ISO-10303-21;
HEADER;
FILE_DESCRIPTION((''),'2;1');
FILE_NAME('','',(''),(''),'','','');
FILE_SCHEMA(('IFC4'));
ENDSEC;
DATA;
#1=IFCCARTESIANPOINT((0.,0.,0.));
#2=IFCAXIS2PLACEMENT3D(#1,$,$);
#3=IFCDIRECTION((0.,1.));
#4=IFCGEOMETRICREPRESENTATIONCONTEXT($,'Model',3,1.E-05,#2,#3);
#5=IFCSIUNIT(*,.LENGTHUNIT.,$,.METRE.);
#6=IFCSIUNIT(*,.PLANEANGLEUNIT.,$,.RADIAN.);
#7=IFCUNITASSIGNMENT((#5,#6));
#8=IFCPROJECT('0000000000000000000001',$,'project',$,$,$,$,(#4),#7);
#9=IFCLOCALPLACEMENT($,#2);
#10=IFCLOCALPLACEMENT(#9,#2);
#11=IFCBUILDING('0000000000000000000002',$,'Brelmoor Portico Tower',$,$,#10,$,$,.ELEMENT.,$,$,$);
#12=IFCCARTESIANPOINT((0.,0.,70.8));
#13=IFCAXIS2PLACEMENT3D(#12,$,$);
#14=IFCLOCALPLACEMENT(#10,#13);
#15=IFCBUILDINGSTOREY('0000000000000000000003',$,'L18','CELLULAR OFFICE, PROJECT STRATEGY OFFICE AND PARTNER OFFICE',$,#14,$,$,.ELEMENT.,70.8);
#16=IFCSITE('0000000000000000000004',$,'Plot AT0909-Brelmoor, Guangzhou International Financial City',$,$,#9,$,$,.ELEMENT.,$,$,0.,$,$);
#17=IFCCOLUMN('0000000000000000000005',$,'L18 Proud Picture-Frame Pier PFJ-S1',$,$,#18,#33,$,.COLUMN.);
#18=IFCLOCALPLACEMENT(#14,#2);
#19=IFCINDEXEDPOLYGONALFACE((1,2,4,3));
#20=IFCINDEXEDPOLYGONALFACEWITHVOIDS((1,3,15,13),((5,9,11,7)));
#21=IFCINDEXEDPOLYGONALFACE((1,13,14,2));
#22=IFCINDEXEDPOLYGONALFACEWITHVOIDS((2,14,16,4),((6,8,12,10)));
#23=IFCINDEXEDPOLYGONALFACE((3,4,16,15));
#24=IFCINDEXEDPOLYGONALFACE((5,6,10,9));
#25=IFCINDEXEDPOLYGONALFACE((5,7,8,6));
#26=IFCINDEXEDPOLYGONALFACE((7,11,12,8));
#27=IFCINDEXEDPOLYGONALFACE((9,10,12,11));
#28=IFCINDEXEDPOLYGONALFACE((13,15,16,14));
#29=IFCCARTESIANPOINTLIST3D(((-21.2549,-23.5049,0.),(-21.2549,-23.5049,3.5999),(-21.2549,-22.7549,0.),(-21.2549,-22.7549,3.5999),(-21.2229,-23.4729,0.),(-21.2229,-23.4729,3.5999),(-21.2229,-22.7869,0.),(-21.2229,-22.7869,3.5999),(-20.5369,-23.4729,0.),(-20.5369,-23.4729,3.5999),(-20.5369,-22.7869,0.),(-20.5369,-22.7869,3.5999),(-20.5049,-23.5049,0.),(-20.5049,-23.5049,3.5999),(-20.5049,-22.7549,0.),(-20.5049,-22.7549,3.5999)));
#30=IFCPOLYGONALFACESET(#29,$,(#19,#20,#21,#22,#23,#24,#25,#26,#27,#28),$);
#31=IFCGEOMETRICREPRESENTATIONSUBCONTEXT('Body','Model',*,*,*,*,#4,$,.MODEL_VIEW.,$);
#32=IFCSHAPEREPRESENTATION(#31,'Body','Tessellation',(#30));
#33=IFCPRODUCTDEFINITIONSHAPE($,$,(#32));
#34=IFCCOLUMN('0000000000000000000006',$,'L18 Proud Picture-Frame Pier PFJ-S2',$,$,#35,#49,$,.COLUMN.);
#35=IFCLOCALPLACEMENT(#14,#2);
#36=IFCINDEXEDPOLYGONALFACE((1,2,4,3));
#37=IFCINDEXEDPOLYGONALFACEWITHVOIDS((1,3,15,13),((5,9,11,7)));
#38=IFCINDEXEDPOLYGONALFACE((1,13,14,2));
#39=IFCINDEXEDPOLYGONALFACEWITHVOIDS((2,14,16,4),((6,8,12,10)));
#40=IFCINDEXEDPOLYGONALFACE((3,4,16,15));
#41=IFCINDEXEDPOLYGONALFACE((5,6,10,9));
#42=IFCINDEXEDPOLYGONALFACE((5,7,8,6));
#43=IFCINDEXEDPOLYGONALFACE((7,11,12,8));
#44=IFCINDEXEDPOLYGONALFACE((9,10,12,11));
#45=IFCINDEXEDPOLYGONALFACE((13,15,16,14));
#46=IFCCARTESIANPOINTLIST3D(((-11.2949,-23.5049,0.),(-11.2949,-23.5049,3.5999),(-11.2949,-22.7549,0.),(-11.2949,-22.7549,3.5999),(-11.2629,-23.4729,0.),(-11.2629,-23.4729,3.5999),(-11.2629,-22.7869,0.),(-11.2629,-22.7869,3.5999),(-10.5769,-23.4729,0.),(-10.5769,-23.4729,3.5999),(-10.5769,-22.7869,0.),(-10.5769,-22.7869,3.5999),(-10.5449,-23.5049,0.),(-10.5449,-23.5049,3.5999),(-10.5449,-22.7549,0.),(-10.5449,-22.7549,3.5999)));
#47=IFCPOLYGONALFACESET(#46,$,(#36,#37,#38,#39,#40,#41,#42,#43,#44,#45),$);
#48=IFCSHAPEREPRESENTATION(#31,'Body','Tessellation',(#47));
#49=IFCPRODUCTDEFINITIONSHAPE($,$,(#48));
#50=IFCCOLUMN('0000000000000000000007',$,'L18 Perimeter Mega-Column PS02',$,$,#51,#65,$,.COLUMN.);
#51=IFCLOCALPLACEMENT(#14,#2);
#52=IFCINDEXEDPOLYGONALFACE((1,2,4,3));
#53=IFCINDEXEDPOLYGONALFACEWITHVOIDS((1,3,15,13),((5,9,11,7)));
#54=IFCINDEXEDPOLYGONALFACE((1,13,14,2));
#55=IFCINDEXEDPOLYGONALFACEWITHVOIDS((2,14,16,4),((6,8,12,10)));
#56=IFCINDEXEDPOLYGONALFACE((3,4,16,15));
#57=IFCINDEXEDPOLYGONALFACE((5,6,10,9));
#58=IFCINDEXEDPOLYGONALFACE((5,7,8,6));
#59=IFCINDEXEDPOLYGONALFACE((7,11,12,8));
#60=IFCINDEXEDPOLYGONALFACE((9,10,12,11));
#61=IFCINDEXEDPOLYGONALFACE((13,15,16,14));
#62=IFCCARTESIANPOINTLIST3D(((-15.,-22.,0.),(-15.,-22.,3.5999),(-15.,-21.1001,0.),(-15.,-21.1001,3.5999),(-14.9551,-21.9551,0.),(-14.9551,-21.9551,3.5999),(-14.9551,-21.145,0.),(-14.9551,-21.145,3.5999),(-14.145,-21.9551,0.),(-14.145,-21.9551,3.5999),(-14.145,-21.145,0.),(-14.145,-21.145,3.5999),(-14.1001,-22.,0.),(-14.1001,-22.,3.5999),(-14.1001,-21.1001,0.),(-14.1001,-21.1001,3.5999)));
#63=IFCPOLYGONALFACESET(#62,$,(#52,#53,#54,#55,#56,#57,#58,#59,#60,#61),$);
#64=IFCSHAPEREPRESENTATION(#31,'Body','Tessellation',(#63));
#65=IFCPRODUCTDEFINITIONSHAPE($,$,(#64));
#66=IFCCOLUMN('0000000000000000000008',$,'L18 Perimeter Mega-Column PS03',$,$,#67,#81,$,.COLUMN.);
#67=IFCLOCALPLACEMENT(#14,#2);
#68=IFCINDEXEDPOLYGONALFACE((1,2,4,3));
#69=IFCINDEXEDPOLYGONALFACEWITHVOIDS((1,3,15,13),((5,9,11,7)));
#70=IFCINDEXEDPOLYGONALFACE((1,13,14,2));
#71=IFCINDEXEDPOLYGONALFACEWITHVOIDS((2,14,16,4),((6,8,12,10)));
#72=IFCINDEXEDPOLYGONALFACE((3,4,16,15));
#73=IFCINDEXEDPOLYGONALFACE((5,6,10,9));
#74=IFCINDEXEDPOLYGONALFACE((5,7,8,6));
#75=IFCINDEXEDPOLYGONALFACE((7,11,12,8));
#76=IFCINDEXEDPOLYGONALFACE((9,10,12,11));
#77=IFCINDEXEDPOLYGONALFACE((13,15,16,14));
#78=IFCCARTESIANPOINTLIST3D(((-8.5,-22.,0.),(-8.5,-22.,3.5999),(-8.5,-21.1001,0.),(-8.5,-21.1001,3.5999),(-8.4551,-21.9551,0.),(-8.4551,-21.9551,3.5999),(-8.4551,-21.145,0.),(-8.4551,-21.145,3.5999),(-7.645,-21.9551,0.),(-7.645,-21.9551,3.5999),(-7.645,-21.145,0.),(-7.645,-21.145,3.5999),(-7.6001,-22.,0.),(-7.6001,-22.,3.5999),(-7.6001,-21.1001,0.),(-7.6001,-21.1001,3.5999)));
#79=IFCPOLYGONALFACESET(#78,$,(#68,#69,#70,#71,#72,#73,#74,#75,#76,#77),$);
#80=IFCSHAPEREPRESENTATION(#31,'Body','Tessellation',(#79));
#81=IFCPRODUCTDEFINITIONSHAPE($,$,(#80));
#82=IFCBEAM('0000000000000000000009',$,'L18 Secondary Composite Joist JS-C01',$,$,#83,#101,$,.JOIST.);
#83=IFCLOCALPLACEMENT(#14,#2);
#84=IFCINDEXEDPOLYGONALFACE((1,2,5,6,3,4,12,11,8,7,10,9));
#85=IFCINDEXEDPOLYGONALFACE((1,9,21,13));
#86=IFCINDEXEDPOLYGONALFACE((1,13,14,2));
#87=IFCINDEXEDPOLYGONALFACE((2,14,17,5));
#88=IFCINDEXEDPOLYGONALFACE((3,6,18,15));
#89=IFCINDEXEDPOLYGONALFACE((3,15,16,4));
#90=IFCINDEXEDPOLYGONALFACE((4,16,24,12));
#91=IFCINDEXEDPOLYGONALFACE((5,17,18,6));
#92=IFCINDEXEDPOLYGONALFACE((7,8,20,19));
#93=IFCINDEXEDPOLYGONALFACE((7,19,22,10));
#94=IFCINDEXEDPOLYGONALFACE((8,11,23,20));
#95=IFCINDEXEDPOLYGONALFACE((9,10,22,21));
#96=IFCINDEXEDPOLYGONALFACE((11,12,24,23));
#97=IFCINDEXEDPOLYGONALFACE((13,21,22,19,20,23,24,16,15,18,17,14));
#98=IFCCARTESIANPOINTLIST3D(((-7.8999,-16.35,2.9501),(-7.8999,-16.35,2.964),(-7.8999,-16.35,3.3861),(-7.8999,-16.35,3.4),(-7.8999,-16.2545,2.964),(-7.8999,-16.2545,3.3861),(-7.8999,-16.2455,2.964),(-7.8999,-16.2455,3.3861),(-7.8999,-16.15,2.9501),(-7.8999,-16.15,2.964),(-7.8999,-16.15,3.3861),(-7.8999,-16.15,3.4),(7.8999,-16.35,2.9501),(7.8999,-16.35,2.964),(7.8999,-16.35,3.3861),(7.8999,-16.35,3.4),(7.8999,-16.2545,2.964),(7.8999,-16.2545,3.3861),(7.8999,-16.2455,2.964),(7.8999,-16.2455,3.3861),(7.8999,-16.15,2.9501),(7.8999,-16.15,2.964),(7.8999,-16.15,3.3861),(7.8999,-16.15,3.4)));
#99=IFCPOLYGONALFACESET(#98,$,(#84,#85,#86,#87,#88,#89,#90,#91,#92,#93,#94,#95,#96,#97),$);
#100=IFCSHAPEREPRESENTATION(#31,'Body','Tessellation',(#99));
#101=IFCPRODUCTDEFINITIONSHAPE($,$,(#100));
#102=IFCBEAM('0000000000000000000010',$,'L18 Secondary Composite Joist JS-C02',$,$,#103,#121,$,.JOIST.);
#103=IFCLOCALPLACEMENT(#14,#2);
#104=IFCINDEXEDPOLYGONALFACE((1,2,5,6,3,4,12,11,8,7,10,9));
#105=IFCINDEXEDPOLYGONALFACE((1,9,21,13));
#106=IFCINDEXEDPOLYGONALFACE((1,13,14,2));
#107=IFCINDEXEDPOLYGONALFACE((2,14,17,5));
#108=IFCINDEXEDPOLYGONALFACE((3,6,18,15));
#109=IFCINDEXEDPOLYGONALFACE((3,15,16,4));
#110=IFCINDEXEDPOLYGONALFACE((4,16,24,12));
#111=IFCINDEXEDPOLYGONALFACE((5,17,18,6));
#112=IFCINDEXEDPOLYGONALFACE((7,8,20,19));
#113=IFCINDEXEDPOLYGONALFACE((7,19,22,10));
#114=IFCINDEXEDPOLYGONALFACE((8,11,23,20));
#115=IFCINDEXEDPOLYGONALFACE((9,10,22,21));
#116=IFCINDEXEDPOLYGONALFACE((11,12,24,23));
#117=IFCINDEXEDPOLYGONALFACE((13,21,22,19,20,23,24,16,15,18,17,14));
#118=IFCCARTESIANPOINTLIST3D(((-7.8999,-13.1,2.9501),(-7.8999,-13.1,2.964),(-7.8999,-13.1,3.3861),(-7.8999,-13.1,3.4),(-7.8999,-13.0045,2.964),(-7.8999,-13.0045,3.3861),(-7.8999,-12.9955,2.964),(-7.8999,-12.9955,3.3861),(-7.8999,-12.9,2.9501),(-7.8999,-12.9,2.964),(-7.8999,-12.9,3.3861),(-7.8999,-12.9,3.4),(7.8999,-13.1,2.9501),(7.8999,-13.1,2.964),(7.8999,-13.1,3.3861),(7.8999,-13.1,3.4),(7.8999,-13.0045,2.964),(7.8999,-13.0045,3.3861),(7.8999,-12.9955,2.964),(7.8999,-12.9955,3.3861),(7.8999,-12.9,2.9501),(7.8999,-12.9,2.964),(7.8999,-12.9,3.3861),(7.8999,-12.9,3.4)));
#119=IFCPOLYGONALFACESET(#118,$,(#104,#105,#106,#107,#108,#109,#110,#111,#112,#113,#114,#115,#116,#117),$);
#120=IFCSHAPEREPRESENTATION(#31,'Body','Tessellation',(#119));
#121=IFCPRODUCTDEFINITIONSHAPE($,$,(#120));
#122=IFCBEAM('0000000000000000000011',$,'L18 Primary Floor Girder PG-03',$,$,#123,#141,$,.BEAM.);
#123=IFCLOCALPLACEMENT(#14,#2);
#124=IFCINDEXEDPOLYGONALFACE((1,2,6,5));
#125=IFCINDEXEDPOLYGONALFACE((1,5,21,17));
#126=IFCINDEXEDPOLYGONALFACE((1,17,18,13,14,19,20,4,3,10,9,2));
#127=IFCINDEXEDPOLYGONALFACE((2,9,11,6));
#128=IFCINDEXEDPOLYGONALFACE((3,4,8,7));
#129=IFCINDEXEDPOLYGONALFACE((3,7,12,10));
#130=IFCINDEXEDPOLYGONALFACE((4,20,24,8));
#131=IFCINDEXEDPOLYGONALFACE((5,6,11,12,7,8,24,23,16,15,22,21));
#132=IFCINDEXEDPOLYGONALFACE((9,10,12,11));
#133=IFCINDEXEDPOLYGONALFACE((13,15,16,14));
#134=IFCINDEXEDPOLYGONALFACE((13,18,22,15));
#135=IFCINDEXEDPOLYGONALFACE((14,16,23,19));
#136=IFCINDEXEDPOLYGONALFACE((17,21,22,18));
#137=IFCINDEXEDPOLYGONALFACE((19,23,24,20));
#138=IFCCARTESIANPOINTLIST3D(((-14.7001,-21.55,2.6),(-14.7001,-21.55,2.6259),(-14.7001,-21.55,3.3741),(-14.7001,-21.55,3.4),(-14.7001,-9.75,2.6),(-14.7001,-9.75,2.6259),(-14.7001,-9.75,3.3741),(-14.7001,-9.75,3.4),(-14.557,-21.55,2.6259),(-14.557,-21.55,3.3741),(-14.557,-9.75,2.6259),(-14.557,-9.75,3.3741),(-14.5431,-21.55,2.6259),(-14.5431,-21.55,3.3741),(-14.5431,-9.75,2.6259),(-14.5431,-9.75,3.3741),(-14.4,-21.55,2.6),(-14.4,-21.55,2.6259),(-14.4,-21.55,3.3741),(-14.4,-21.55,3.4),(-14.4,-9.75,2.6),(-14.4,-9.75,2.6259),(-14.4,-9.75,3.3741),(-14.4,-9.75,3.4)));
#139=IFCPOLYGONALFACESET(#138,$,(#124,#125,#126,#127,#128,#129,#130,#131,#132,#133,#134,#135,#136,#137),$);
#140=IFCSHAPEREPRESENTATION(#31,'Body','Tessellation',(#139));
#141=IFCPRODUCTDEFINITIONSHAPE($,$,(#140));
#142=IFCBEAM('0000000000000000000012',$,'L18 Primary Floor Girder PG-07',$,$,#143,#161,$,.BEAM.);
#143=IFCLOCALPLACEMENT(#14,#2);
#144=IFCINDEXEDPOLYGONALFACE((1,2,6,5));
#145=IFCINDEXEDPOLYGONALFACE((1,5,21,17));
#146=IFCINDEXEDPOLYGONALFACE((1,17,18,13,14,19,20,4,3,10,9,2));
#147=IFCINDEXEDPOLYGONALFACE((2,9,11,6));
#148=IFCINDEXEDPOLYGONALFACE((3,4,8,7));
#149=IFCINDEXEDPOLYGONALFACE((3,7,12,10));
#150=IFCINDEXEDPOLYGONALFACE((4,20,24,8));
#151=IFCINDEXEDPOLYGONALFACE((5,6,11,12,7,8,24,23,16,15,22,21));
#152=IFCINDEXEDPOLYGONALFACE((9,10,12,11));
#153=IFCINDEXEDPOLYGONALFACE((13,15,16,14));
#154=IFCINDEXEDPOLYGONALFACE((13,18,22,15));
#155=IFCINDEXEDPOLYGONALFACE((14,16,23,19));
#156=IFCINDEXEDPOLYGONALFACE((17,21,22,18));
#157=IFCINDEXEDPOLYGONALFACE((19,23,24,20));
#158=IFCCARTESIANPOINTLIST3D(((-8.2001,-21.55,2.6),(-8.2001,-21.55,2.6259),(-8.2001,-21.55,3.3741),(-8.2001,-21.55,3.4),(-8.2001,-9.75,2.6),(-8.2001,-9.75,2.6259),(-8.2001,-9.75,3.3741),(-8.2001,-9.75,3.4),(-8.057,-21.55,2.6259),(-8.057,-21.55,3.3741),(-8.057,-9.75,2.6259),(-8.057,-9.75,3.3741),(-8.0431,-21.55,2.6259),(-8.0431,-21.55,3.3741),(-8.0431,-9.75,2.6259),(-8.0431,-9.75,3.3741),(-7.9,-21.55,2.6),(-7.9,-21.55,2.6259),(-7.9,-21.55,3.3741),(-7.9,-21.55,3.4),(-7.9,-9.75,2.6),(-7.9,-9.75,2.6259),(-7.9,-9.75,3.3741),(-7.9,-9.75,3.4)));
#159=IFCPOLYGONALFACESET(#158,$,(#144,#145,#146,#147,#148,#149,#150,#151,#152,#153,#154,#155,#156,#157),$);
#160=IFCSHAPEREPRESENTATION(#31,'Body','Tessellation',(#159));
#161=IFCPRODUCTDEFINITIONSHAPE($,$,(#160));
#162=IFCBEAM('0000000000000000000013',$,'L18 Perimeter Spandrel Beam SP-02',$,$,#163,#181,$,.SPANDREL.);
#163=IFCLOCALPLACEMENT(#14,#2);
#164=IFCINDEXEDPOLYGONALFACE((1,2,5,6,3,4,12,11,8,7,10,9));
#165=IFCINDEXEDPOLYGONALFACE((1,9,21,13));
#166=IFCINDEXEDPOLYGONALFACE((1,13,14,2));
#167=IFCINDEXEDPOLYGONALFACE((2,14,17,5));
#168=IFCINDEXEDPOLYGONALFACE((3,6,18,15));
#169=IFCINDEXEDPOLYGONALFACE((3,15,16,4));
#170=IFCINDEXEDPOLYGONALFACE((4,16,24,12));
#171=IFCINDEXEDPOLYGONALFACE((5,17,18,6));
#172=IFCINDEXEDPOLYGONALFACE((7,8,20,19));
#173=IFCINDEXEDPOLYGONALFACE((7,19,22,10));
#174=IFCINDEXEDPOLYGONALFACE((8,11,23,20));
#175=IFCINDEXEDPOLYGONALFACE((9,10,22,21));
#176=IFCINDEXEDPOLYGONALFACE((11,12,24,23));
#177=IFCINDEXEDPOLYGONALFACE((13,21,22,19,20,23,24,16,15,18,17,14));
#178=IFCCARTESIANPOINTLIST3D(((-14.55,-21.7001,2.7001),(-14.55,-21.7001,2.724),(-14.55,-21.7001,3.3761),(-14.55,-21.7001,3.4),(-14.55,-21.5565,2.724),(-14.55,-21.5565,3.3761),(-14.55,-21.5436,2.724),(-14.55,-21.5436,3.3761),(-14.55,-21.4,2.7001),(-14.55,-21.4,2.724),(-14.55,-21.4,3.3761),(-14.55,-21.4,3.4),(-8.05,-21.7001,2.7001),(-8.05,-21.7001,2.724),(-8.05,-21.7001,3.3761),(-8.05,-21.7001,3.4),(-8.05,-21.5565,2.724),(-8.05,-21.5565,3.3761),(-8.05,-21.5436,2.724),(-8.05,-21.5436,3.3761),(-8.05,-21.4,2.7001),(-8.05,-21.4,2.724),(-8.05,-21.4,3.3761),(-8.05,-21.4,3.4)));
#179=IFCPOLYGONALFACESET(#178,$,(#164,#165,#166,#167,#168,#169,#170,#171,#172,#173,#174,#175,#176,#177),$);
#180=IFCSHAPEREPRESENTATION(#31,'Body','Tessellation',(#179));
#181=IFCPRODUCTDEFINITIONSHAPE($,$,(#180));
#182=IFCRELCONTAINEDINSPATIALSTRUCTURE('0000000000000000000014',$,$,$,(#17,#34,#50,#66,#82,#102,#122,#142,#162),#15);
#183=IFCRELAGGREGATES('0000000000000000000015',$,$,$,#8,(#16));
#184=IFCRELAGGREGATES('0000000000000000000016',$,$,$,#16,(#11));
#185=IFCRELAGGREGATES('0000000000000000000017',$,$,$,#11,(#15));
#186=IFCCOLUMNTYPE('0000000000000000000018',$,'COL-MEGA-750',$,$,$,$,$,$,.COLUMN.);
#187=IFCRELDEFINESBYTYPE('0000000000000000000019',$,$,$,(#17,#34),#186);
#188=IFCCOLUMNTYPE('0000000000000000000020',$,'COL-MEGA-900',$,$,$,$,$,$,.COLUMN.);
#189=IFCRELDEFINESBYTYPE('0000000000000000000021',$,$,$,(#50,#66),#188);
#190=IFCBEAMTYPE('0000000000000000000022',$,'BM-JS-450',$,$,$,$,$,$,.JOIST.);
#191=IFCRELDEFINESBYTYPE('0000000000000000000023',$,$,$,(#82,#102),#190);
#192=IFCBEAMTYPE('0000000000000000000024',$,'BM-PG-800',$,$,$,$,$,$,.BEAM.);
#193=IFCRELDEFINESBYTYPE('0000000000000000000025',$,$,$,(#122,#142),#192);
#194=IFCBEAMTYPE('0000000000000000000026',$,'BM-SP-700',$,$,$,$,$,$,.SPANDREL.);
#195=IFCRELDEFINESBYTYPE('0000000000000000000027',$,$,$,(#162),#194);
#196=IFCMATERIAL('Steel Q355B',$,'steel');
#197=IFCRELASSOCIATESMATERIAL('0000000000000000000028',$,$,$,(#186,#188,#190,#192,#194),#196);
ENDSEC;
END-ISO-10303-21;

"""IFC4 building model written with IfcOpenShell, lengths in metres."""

from ifc_helpers import new_model, si_unit, direction, frame, origin, origin_2d, place, context, subcontext, project, spatial, hollow_rectangle, i_section, extrude, material, material_profile, profile_set, type_object, element, save


model = new_model("IFC4")

# Units and contexts
model_context = context("Model", 3, precision=1e-05, world=origin(), true_north=direction((0.0, 1.0)))
body_context = subcontext(model_context, "Body", "Model", "MODEL_VIEW")
ifc_project = project(units=[si_unit("LENGTHUNIT", "METRE"), si_unit("PLANEANGLEUNIT", "RADIAN")], contexts=[model_context])

# Site, building, storey
site_placement = place(None, origin())
site = spatial("IfcSite", under=ifc_project, at=site_placement, Name="Plot AT0909-Brelmoor, Guangzhou International Financial City", CompositionType="ELEMENT", RefElevation=0.0)
building_placement = place(site_placement, origin())
building = spatial("IfcBuilding", under=site, at=building_placement, Name="Brelmoor Portico Tower", CompositionType="ELEMENT")
storey_placement = place(building_placement, frame((0.0, 0.0, 70.8)))
storey = spatial("IfcBuildingStorey", under=building, at=storey_placement, Name="L18", Description="CELLULAR OFFICE, PROJECT STRATEGY OFFICE AND PARTNER OFFICE", CompositionType="ELEMENT", Elevation=70.8)

# Columns
ifc_material_1 = material(Name="Steel Q355B", Category="steel")
ifc_material_profile_1 = material_profile(ifc_material_1, hollow_rectangle(XDim=0.75, YDim=0.75, WallThickness=0.032, at=origin_2d()), Name="BOX 750x750x32")
ifc_profile_set_1 = profile_set([ifc_material_profile_1], Name="Steel Q355B")
column_type_1 = type_object("IfcColumnType", Name="COL-MEGA-750", PredefinedType="COLUMN", material=ifc_profile_set_1)
for number, where, z_axis, x_axis, name in (
    (1, (-20.8799, -23.1299, 0.0), (0.0, 0.0, 1.0), (1.0, 0.0, 0.0), "L18 Proud Picture-Frame Pier PFJ-S1"),
    (2, (-10.9199, -23.1299, 0.0), (0.0, 0.0, 1.0), (1.0, 0.0, 0.0), "L18 Proud Picture-Frame Pier PFJ-S2"),
):
    element("IfcColumn", number, at=place(storey_placement, frame(where, z_axis=z_axis, x_axis=x_axis)), inside=storey, type_object=column_type_1, Name=name, PredefinedType="COLUMN", context=body_context, shape_type="SweptSolid", body=[
        extrude(hollow_rectangle(XDim=0.75, YDim=0.75, WallThickness=0.032, at=origin_2d()), origin(), (0.0, 0.0, 1.0), 3.5999),
    ])
ifc_material_profile_2 = material_profile(ifc_material_1, hollow_rectangle(XDim=0.8999, YDim=0.8999, WallThickness=0.0449, at=origin_2d()), Name="BOX 900x900x45")
ifc_profile_set_2 = profile_set([ifc_material_profile_2], Name="Steel Q355B")
column_type_2 = type_object("IfcColumnType", Name="COL-MEGA-900", PredefinedType="COLUMN", material=ifc_profile_set_2)
for number, where, z_axis, x_axis, name in (
    (3, (-14.55, -21.55, 0.0), (0.0, 0.0, 1.0), (1.0, 0.0, 0.0), "L18 Perimeter Mega-Column PS02"),
    (4, (-8.05, -21.55, 0.0), (0.0, 0.0, 1.0), (1.0, 0.0, 0.0), "L18 Perimeter Mega-Column PS03"),
):
    element("IfcColumn", number, at=place(storey_placement, frame(where, z_axis=z_axis, x_axis=x_axis)), inside=storey, type_object=column_type_2, Name=name, PredefinedType="COLUMN", context=body_context, shape_type="SweptSolid", body=[
        extrude(hollow_rectangle(XDim=0.8999, YDim=0.8999, WallThickness=0.0449, at=origin_2d()), origin(), (0.0, 0.0, 1.0), 3.5999),
    ])

# Beams
ifc_material_profile_3 = material_profile(ifc_material_1, i_section(OverallWidth=0.2, OverallDepth=0.45, WebThickness=0.009, FlangeThickness=0.0139, at=origin_2d()), Name="HN 450x200x9x14")
ifc_profile_set_3 = profile_set([ifc_material_profile_3], Name="Steel Q355B")
beam_type_1 = type_object("IfcBeamType", Name="BM-JS-450", PredefinedType="JOIST", material=ifc_profile_set_3)
for number, where, z_axis, x_axis, name in (
    (5, (-7.8999, -16.25, 3.175), (1.0, 0.0, 0.0), (0.0, 1.0, 0.0), "L18 Secondary Composite Joist JS-C01"),
    (6, (-7.8999, -13.0, 3.175), (1.0, 0.0, 0.0), (0.0, 1.0, 0.0), "L18 Secondary Composite Joist JS-C02"),
):
    element("IfcBeam", number, at=place(storey_placement, frame(where, z_axis=z_axis, x_axis=x_axis)), inside=storey, type_object=beam_type_1, Name=name, PredefinedType="JOIST", context=body_context, shape_type="SweptSolid", body=[
        extrude(i_section(OverallWidth=0.2, OverallDepth=0.45, WebThickness=0.009, FlangeThickness=0.0139, at=origin_2d()), origin(), (0.0, 0.0, 1.0), 15.7998),
    ])
ifc_material_profile_4 = material_profile(ifc_material_1, i_section(OverallWidth=0.3, OverallDepth=0.8, WebThickness=0.0139, FlangeThickness=0.0259, at=origin_2d()), Name="HN 800x300x14x26")
ifc_profile_set_4 = profile_set([ifc_material_profile_4], Name="Steel Q355B")
beam_type_2 = type_object("IfcBeamType", Name="BM-PG-800", PredefinedType="BEAM", material=ifc_profile_set_4)
for number, where, z_axis, x_axis, name in (
    (7, (-14.55, -21.55, 3.0), (0.0, 1.0, 0.0), (-1.0, 0.0, 0.0), "L18 Primary Floor Girder PG-03"),
    (8, (-8.05, -21.55, 3.0), (0.0, 1.0, 0.0), (-1.0, 0.0, 0.0), "L18 Primary Floor Girder PG-07"),
):
    element("IfcBeam", number, at=place(storey_placement, frame(where, z_axis=z_axis, x_axis=x_axis)), inside=storey, type_object=beam_type_2, Name=name, PredefinedType="BEAM", context=body_context, shape_type="SweptSolid", body=[
        extrude(i_section(OverallWidth=0.3, OverallDepth=0.8, WebThickness=0.0139, FlangeThickness=0.0259, at=origin_2d()), origin(), (0.0, 0.0, 1.0), 11.8),
    ])
ifc_material_profile_5 = material_profile(ifc_material_1, i_section(OverallWidth=0.3, OverallDepth=0.7, WebThickness=0.0129, FlangeThickness=0.0239, at=origin_2d()), Name="HN 700x300x13x24")
ifc_profile_set_5 = profile_set([ifc_material_profile_5], Name="Steel Q355B")
beam_type_3 = type_object("IfcBeamType", Name="BM-SP-700", PredefinedType="SPANDREL", material=ifc_profile_set_5)
beam_1_placement = place(storey_placement, frame((-14.55, -21.55, 3.05), z_axis=(1.0, 0.0, 0.0), x_axis=(0.0, 1.0, 0.0)))
element("IfcBeam", 9, at=beam_1_placement, inside=storey, type_object=beam_type_3, Name="L18 Perimeter Spandrel Beam SP-02", PredefinedType="SPANDREL", context=body_context, shape_type="SweptSolid", body=[
    extrude(i_section(OverallWidth=0.3, OverallDepth=0.7, WebThickness=0.0129, FlangeThickness=0.0239, at=origin_2d()), origin(), (0.0, 0.0, 1.0), 6.5),
])

save(model, "model.ifc")
